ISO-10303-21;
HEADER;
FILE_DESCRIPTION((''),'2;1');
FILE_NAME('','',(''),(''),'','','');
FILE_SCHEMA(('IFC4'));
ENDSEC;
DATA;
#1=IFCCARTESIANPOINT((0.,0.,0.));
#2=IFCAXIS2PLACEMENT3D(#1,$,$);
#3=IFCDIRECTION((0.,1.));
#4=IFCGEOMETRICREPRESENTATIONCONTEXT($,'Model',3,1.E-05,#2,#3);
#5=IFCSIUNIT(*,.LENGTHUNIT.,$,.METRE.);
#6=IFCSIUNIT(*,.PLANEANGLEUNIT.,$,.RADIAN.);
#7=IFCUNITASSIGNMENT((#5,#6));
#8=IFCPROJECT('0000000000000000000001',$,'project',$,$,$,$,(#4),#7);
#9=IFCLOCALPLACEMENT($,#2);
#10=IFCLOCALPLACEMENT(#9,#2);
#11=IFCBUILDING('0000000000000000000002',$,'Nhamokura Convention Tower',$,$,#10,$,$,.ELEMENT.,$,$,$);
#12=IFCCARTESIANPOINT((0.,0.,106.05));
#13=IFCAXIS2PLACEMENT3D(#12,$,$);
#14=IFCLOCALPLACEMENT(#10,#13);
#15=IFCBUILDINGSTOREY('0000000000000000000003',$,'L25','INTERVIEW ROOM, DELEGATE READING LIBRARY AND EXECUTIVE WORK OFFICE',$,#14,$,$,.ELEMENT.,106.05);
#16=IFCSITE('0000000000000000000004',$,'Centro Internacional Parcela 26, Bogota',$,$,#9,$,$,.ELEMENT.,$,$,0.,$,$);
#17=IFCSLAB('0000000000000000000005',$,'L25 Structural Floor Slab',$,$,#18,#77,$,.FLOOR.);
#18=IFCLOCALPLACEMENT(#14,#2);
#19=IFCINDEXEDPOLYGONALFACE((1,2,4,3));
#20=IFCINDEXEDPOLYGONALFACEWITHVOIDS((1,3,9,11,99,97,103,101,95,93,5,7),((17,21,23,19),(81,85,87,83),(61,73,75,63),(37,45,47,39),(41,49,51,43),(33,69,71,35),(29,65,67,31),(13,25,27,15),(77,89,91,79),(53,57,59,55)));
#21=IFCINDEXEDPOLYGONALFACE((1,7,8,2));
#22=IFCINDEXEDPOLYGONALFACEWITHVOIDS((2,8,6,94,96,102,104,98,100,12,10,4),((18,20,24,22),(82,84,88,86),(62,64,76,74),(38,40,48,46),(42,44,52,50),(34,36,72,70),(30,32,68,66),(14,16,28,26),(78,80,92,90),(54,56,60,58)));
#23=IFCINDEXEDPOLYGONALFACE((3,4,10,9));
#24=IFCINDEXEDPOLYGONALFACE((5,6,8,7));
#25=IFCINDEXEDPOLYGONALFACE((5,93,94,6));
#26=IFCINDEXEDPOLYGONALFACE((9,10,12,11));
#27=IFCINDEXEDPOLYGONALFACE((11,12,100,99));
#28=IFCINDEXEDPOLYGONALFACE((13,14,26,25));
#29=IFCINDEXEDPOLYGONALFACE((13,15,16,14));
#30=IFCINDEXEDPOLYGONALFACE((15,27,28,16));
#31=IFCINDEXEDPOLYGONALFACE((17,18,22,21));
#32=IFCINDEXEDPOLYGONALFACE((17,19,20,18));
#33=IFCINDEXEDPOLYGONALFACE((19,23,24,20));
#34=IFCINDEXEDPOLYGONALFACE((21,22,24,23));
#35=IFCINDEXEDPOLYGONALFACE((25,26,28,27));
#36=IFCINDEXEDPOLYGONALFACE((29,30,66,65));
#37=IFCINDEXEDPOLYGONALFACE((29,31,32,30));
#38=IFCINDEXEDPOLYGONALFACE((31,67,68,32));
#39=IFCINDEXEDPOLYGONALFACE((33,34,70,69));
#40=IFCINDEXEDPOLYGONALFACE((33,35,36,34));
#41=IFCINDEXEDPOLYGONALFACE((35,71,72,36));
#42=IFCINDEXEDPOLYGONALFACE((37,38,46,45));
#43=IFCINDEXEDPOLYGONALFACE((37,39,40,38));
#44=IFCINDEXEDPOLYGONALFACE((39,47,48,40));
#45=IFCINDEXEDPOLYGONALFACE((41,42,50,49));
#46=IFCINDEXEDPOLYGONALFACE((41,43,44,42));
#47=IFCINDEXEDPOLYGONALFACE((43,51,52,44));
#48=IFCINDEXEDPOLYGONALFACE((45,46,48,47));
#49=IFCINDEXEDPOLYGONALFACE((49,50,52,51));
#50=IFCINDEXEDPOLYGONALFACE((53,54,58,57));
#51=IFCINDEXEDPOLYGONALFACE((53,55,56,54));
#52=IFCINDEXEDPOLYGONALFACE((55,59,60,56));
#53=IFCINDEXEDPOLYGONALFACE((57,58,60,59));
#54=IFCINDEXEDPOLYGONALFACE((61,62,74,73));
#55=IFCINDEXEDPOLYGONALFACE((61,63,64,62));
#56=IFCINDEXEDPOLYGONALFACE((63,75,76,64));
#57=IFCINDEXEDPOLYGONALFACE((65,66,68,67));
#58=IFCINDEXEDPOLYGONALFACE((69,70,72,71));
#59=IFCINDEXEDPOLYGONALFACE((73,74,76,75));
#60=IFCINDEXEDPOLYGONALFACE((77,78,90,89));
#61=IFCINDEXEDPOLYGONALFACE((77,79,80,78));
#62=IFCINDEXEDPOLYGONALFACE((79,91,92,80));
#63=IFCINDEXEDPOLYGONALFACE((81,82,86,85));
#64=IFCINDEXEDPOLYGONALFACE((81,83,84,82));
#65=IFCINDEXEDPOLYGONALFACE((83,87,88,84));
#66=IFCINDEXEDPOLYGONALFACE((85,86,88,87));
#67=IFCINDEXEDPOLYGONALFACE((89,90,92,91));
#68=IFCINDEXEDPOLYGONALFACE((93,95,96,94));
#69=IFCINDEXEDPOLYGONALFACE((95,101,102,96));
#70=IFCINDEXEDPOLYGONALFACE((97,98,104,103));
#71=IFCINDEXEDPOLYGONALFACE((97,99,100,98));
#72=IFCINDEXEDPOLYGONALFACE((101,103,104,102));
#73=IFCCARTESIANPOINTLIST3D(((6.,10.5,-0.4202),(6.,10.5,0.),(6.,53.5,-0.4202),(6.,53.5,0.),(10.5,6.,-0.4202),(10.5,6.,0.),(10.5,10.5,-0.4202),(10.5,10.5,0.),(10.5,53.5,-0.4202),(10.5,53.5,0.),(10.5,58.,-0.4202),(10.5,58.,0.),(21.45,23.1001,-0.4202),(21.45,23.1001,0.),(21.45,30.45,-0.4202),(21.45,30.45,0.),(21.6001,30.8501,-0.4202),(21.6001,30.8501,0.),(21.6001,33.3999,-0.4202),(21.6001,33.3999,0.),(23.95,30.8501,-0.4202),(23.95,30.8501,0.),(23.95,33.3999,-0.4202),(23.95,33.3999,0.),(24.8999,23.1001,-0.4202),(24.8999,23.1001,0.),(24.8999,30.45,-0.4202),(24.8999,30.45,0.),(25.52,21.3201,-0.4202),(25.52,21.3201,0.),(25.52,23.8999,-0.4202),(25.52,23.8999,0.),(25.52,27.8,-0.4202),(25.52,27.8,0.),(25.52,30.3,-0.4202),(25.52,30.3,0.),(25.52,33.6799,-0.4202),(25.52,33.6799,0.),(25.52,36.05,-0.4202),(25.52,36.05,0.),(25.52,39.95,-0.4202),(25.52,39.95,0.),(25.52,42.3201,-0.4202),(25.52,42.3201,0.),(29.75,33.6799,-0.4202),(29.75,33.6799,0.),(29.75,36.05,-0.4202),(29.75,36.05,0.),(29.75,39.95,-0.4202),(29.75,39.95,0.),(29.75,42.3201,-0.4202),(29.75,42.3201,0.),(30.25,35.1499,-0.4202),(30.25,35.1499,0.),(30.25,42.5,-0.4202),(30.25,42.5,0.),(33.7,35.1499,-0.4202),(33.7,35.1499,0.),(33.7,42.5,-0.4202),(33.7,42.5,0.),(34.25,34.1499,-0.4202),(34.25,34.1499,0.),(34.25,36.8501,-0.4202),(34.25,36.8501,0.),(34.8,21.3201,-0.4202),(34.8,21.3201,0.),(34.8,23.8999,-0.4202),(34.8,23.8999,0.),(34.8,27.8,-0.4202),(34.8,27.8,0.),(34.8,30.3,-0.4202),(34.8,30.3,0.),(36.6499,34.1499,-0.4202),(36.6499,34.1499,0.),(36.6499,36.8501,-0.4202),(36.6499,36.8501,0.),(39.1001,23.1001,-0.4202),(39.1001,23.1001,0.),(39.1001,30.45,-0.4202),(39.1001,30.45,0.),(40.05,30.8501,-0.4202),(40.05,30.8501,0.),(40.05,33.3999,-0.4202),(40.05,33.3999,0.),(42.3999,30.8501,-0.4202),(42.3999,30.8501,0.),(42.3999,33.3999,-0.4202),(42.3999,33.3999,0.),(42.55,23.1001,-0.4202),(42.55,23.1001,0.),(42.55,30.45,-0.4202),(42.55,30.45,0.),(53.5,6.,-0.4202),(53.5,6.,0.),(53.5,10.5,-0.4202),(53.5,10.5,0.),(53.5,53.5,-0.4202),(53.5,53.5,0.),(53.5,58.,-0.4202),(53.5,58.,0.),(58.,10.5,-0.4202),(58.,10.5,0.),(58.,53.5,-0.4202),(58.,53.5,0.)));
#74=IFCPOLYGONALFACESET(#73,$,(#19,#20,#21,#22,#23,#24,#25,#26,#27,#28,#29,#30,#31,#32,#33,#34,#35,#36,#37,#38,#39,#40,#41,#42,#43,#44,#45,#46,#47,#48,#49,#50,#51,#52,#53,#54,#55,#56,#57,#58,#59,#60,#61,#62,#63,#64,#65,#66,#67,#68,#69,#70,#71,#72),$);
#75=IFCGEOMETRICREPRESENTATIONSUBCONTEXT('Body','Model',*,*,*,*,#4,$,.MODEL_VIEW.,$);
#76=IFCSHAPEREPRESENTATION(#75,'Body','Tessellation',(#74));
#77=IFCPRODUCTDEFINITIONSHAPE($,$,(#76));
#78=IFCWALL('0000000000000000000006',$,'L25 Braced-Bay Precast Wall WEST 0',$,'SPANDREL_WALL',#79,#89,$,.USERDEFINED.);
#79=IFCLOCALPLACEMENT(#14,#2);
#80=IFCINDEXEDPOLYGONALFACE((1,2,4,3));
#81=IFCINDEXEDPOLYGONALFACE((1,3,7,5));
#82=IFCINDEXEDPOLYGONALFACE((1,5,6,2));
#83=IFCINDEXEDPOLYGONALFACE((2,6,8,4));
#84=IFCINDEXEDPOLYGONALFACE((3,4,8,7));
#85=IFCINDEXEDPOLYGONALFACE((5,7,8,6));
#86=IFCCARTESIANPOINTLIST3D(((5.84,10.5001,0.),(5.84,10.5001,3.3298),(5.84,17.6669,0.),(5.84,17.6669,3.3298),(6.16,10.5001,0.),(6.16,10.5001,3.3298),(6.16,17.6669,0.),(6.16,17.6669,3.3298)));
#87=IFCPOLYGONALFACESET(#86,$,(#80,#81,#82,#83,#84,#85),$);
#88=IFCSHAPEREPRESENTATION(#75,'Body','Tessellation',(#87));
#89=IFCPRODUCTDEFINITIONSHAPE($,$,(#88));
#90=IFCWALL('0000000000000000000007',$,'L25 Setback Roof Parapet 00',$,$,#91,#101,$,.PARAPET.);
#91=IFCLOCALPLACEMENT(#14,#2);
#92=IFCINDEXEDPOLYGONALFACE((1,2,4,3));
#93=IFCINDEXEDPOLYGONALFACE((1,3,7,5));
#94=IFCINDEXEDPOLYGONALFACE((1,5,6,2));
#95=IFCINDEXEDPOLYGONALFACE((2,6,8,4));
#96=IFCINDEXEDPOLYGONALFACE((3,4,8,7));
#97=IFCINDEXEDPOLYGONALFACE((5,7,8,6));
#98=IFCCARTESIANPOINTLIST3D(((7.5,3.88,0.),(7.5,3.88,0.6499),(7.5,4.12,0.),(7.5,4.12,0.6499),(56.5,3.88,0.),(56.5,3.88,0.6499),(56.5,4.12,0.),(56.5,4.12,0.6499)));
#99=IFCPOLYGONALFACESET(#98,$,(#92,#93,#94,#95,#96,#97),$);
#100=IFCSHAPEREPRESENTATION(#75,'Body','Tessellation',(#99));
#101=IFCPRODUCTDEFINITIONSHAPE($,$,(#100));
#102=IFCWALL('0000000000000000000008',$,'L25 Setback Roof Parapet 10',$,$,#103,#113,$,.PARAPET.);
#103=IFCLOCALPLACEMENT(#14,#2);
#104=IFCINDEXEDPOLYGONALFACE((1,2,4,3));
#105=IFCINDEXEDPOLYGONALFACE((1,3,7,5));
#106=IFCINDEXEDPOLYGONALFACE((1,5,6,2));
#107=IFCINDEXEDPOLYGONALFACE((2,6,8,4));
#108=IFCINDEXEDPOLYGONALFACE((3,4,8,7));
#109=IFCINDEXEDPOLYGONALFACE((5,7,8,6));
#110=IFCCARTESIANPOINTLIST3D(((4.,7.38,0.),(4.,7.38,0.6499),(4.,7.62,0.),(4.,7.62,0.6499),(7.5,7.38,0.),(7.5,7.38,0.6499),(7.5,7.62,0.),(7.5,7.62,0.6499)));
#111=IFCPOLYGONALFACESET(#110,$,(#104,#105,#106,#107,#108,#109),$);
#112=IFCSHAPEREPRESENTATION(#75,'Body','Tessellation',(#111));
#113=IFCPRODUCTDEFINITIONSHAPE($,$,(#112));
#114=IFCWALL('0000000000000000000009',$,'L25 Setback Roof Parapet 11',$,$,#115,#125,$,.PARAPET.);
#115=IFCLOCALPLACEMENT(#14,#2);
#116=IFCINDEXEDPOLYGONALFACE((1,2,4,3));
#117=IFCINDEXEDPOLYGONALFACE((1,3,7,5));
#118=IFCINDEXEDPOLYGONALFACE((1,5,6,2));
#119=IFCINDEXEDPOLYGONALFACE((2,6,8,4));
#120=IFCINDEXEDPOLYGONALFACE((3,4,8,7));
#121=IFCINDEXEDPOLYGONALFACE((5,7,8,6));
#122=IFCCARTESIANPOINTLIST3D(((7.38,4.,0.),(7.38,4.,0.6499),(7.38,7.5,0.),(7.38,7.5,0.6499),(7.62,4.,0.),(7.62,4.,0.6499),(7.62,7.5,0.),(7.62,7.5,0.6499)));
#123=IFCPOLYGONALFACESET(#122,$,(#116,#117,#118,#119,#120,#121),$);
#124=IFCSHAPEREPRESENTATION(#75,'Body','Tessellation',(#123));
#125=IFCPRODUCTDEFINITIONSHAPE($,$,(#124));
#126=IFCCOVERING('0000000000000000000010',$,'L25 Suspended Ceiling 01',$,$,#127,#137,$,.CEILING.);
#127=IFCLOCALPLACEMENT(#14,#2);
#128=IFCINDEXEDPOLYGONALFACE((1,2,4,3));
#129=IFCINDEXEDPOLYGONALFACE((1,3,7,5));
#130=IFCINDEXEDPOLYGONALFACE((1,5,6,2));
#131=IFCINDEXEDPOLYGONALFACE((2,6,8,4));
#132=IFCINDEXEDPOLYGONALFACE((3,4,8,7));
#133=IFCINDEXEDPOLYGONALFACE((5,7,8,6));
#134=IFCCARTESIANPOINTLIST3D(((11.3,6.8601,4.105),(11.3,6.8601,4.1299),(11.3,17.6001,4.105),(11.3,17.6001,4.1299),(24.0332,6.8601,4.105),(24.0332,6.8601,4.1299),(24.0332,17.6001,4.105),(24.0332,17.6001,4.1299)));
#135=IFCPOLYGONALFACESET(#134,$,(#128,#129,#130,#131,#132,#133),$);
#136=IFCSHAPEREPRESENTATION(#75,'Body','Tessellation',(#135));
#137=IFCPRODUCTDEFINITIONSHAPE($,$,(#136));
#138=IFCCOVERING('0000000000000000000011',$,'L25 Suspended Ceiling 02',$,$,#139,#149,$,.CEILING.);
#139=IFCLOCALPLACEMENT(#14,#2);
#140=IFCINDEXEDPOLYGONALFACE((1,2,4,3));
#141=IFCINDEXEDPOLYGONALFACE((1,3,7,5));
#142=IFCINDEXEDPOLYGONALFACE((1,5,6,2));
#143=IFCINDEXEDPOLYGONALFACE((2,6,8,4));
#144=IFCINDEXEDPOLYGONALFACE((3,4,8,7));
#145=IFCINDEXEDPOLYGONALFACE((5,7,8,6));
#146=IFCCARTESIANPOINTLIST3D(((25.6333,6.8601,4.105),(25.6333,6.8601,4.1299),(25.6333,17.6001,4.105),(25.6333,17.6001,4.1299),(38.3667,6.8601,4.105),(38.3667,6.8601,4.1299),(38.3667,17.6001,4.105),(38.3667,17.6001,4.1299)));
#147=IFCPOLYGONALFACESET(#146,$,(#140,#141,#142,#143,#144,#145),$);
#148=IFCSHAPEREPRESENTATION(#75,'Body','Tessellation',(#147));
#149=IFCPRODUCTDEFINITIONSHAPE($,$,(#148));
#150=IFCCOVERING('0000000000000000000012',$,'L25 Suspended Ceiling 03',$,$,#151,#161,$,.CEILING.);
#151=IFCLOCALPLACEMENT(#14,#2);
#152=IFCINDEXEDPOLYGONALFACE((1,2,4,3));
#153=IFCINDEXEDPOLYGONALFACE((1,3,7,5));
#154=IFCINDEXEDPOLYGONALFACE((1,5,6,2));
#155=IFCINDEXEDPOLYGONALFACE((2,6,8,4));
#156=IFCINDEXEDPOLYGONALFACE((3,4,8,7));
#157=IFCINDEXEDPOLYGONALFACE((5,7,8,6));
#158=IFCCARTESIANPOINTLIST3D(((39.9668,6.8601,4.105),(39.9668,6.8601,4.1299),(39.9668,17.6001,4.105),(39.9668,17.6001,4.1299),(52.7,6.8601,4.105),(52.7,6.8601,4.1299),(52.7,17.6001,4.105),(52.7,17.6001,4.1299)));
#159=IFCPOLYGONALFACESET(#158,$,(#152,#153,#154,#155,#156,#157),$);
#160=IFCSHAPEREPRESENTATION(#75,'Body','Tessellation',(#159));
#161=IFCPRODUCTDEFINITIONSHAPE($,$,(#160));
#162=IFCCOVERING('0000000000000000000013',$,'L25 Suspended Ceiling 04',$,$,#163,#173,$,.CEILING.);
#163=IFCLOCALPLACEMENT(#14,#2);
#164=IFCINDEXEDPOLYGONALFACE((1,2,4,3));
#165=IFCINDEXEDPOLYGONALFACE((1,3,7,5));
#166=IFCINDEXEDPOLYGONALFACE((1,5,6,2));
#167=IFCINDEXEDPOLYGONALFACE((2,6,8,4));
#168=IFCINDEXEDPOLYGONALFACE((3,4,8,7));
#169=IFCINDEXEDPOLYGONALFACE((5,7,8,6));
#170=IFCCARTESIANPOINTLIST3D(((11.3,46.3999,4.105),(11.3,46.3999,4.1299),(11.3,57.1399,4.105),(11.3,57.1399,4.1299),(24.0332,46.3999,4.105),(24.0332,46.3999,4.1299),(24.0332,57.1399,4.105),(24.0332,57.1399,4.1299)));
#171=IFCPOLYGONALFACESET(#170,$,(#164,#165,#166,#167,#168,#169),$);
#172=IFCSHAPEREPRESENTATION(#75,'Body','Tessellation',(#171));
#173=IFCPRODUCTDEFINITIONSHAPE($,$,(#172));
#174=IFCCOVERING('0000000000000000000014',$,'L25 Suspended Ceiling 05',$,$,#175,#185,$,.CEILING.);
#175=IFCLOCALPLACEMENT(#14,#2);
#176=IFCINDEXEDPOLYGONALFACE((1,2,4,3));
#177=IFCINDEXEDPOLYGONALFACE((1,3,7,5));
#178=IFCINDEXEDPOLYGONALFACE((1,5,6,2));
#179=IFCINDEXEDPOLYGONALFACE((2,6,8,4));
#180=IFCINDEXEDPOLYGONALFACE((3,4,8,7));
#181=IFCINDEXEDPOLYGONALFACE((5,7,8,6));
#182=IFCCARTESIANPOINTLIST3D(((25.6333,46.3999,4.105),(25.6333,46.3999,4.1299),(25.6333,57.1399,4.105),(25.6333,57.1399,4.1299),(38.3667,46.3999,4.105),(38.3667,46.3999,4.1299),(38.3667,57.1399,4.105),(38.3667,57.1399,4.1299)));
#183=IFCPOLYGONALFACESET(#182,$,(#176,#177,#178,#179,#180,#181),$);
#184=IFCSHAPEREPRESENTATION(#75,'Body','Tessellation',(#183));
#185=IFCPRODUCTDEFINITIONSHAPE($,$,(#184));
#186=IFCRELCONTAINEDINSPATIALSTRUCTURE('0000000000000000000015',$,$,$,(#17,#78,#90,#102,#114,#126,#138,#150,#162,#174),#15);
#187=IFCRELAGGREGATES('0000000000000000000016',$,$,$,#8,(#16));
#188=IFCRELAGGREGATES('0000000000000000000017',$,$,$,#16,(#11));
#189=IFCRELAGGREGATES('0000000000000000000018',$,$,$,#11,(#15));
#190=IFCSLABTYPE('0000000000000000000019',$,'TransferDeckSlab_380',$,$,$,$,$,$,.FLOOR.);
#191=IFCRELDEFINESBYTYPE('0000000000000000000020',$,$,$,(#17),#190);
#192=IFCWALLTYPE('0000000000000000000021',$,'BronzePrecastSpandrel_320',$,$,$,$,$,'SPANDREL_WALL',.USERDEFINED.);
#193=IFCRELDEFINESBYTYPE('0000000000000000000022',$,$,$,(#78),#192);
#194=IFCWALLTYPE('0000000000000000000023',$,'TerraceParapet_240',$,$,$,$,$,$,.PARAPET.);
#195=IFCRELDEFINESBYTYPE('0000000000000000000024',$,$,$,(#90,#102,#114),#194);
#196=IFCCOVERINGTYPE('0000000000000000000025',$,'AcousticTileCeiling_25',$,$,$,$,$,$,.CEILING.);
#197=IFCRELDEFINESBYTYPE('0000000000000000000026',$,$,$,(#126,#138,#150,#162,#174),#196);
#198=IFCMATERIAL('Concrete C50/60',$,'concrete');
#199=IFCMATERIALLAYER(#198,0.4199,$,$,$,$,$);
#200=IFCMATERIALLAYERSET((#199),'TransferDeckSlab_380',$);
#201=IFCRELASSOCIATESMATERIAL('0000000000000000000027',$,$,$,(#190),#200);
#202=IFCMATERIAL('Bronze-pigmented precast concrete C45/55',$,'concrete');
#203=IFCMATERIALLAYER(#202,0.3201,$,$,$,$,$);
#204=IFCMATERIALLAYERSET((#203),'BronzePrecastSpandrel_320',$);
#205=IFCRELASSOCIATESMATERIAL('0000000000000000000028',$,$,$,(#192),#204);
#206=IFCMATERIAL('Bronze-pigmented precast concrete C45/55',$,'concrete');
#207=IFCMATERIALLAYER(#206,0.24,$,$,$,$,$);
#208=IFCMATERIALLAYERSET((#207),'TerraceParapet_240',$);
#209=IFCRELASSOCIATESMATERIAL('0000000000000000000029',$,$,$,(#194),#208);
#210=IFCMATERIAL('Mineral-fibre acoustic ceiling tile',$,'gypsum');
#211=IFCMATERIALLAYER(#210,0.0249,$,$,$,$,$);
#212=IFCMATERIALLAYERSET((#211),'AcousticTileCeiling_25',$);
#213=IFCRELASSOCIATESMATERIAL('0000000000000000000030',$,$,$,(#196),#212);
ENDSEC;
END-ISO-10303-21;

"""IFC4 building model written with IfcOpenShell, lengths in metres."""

from ifc_helpers import new_model, si_unit, direction, frame, frame_2d, origin, place, context, subcontext, project, spatial, polyline, rectangle, outline, extrude, material, layer, layer_set, type_object, element, save


model = new_model("IFC4")

# Units and contexts
model_context = context("Model", 3, precision=1e-05, world=origin(), true_north=direction((0.0, 1.0)))
body_context = subcontext(model_context, "Body", "Model", "MODEL_VIEW")
ifc_project = project(units=[si_unit("LENGTHUNIT", "METRE"), si_unit("PLANEANGLEUNIT", "RADIAN")], contexts=[model_context])

# Site, building, storey
site_placement = place(None, origin())
site = spatial("IfcSite", under=ifc_project, at=site_placement, Name="Centro Internacional Parcela 26, Bogota", CompositionType="ELEMENT", RefElevation=0.0)
building_placement = place(site_placement, origin())
building = spatial("IfcBuilding", under=site, at=building_placement, Name="Nhamokura Convention Tower", CompositionType="ELEMENT")
storey_placement = place(building_placement, frame((0.0, 0.0, 106.05)))
storey = spatial("IfcBuildingStorey", under=building, at=storey_placement, Name="L25", Description="INTERVIEW ROOM, DELEGATE READING LIBRARY AND EXECUTIVE WORK OFFICE", CompositionType="ELEMENT", Elevation=106.05)

# Slab
ifc_material_1 = material(Name="Concrete C50/60", Category="concrete")
ifc_layer_1 = layer(ifc_material_1, 0.4199)
ifc_layer_set_1 = layer_set([ifc_layer_1], Name="TransferDeckSlab_380")
slab_type_1 = type_object("IfcSlabType", Name="TransferDeckSlab_380", PredefinedType="FLOOR", material=ifc_layer_set_1)
slab_1_placement = place(storey_placement, frame((0.0, 0.0, -0.4202)))
element("IfcSlab", 1, at=slab_1_placement, inside=storey, type_object=slab_type_1, Name="L25 Structural Floor Slab", PredefinedType="FLOOR", context=body_context, shape_type="SweptSolid", body=[
    extrude(outline(polyline([(10.5, 6.0), (53.5, 6.0), (53.5, 10.5), (58.0, 10.5), (58.0, 53.5), (53.5, 53.5), (53.5, 58.0), (10.5, 58.0), (10.5, 53.5), (6.0, 53.5), (6.0, 10.5), (10.5, 10.5), (10.5, 6.0)]), holes=[polyline([(24.8999, 23.1001), (24.8999, 30.45), (21.45, 30.45), (21.45, 23.1001), (24.8999, 23.1001)]), polyline([(42.55, 23.1001), (42.55, 30.45), (39.1001, 30.45), (39.1001, 23.1001), (42.55, 23.1001)]), polyline([(33.7, 35.1499), (33.7, 42.5), (30.25, 42.5), (30.25, 35.1499), (33.7, 35.1499)]), polyline([(21.6001, 30.8501), (23.95, 30.8501), (23.95, 33.3999), (21.6001, 33.3999), (21.6001, 30.8501)]), polyline([(40.05, 30.8501), (42.3999, 30.8501), (42.3999, 33.3999), (40.05, 33.3999), (40.05, 30.8501)]), polyline([(34.25, 34.1499), (36.6499, 34.1499), (36.6499, 36.8501), (34.25, 36.8501), (34.25, 34.1499)]), polyline([(25.52, 21.3201), (34.8, 21.3201), (34.8, 23.8999), (25.52, 23.8999), (25.52, 21.3201)]), polyline([(25.52, 27.8), (34.8, 27.8), (34.8, 30.3), (25.52, 30.3), (25.52, 27.8)]), polyline([(25.52, 33.6799), (29.75, 33.6799), (29.75, 36.05), (25.52, 36.05), (25.52, 33.6799)]), polyline([(25.52, 39.95), (29.75, 39.95), (29.75, 42.3201), (25.52, 42.3201), (25.52, 39.95)])]), origin(), (0.0, 0.0, 1.0), 0.4202),
])

# Walls
ifc_material_2 = material(Name="Bronze-pigmented precast concrete C45/55", Category="concrete")
ifc_layer_2 = layer(ifc_material_2, 0.3201)
ifc_layer_set_2 = layer_set([ifc_layer_2], Name="BronzePrecastSpandrel_320")
wall_type_1 = type_object("IfcWallType", Name="BronzePrecastSpandrel_320", ElementType="SPANDREL_WALL", PredefinedType="USERDEFINED", material=ifc_layer_set_2)
wall_1_placement = place(storey_placement, frame((6.0, 10.5, 0.0), z_axis=(0.0, 0.0, 1.0), x_axis=(0.0, 1.0, 0.0)))
element("IfcWall", 2, at=wall_1_placement, inside=storey, type_object=wall_type_1, Name="L25 Braced-Bay Precast Wall WEST 0", ObjectType="SPANDREL_WALL", PredefinedType="USERDEFINED", context=body_context, shape_type="SweptSolid", body=[
    extrude(rectangle(XDim=7.1667, YDim=0.3201, at=frame_2d((3.5835, 0.0))), origin(), (0.0, 0.0, 1.0), 3.3298),
])
ifc_material_3 = material(Name="Bronze-pigmented precast concrete C45/55", Category="concrete")
ifc_layer_3 = layer(ifc_material_3, 0.24)
ifc_layer_set_3 = layer_set([ifc_layer_3], Name="TerraceParapet_240")
wall_type_2 = type_object("IfcWallType", Name="TerraceParapet_240", PredefinedType="PARAPET", material=ifc_layer_set_3)
wall_2_placement = place(storey_placement, frame((7.5, 4.0, 0.0), z_axis=(0.0, 0.0, 1.0), x_axis=(1.0, 0.0, 0.0)))
element("IfcWall", 3, at=wall_2_placement, inside=storey, type_object=wall_type_2, Name="L25 Setback Roof Parapet 00", PredefinedType="PARAPET", context=body_context, shape_type="SweptSolid", body=[
    extrude(rectangle(XDim=49.0, YDim=0.24, at=frame_2d((24.5, 0.0))), origin(), (0.0, 0.0, 1.0), 0.6499),
])
for number, where, z_axis, x_axis, name in (
    (4, (4.0, 7.5, 0.0), (0.0, 0.0, 1.0), (1.0, 0.0, 0.0), "L25 Setback Roof Parapet 10"),
    (5, (7.5, 7.5, 0.0), (0.0, 0.0, 1.0), (0.0, -1.0, 0.0), "L25 Setback Roof Parapet 11"),
):
    element("IfcWall", number, at=place(storey_placement, frame(where, z_axis=z_axis, x_axis=x_axis)), inside=storey, type_object=wall_type_2, Name=name, PredefinedType="PARAPET", context=body_context, shape_type="SweptSolid", body=[
        extrude(rectangle(XDim=3.5, YDim=0.24, at=frame_2d((1.75, 0.0))), origin(), (0.0, 0.0, 1.0), 0.6499),
    ])

# Coverings
ifc_material_4 = material(Name="Mineral-fibre acoustic ceiling tile", Category="gypsum")
ifc_layer_4 = layer(ifc_material_4, 0.0249)
ifc_layer_set_4 = layer_set([ifc_layer_4], Name="AcousticTileCeiling_25")
covering_type_1 = type_object("IfcCoveringType", Name="AcousticTileCeiling_25", PredefinedType="CEILING", material=ifc_layer_set_4)
covering_1_placement = place(storey_placement, frame((0.0, 0.0, 4.105)))
element("IfcCovering", 6, at=covering_1_placement, inside=storey, type_object=covering_type_1, Name="L25 Suspended Ceiling 01", PredefinedType="CEILING", context=body_context, shape_type="SweptSolid", body=[
    extrude(outline(polyline([(11.3, 6.8601), (24.0332, 6.8601), (24.0332, 17.6001), (11.3, 17.6001), (11.3, 6.8601)])), origin(), (0.0, 0.0, 1.0), 0.0249),
])
covering_2_placement = place(storey_placement, frame((0.0, 0.0, 4.105)))
element("IfcCovering", 7, at=covering_2_placement, inside=storey, type_object=covering_type_1, Name="L25 Suspended Ceiling 02", PredefinedType="CEILING", context=body_context, shape_type="SweptSolid", body=[
    extrude(outline(polyline([(25.6333, 6.8601), (38.3667, 6.8601), (38.3667, 17.6001), (25.6333, 17.6001), (25.6333, 6.8601)])), origin(), (0.0, 0.0, 1.0), 0.0249),
])
covering_3_placement = place(storey_placement, frame((0.0, 0.0, 4.105)))
element("IfcCovering", 8, at=covering_3_placement, inside=storey, type_object=covering_type_1, Name="L25 Suspended Ceiling 03", PredefinedType="CEILING", context=body_context, shape_type="SweptSolid", body=[
    extrude(outline(polyline([(39.9668, 6.8601), (52.7, 6.8601), (52.7, 17.6001), (39.9668, 17.6001), (39.9668, 6.8601)])), origin(), (0.0, 0.0, 1.0), 0.0249),
])
covering_4_placement = place(storey_placement, frame((0.0, 0.0, 4.105)))
element("IfcCovering", 9, at=covering_4_placement, inside=storey, type_object=covering_type_1, Name="L25 Suspended Ceiling 04", PredefinedType="CEILING", context=body_context, shape_type="SweptSolid", body=[
    extrude(outline(polyline([(11.3, 46.3999), (24.0332, 46.3999), (24.0332, 57.1399), (11.3, 57.1399), (11.3, 46.3999)])), origin(), (0.0, 0.0, 1.0), 0.0249),
])
covering_5_placement = place(storey_placement, frame((0.0, 0.0, 4.105)))
element("IfcCovering", 10, at=covering_5_placement, inside=storey, type_object=covering_type_1, Name="L25 Suspended Ceiling 05", PredefinedType="CEILING", context=body_context, shape_type="SweptSolid", body=[
    extrude(outline(polyline([(25.6333, 46.3999), (38.3667, 46.3999), (38.3667, 57.1399), (25.6333, 57.1399), (25.6333, 46.3999)])), origin(), (0.0, 0.0, 1.0), 0.0249),
])

save(model, "model.ifc")
